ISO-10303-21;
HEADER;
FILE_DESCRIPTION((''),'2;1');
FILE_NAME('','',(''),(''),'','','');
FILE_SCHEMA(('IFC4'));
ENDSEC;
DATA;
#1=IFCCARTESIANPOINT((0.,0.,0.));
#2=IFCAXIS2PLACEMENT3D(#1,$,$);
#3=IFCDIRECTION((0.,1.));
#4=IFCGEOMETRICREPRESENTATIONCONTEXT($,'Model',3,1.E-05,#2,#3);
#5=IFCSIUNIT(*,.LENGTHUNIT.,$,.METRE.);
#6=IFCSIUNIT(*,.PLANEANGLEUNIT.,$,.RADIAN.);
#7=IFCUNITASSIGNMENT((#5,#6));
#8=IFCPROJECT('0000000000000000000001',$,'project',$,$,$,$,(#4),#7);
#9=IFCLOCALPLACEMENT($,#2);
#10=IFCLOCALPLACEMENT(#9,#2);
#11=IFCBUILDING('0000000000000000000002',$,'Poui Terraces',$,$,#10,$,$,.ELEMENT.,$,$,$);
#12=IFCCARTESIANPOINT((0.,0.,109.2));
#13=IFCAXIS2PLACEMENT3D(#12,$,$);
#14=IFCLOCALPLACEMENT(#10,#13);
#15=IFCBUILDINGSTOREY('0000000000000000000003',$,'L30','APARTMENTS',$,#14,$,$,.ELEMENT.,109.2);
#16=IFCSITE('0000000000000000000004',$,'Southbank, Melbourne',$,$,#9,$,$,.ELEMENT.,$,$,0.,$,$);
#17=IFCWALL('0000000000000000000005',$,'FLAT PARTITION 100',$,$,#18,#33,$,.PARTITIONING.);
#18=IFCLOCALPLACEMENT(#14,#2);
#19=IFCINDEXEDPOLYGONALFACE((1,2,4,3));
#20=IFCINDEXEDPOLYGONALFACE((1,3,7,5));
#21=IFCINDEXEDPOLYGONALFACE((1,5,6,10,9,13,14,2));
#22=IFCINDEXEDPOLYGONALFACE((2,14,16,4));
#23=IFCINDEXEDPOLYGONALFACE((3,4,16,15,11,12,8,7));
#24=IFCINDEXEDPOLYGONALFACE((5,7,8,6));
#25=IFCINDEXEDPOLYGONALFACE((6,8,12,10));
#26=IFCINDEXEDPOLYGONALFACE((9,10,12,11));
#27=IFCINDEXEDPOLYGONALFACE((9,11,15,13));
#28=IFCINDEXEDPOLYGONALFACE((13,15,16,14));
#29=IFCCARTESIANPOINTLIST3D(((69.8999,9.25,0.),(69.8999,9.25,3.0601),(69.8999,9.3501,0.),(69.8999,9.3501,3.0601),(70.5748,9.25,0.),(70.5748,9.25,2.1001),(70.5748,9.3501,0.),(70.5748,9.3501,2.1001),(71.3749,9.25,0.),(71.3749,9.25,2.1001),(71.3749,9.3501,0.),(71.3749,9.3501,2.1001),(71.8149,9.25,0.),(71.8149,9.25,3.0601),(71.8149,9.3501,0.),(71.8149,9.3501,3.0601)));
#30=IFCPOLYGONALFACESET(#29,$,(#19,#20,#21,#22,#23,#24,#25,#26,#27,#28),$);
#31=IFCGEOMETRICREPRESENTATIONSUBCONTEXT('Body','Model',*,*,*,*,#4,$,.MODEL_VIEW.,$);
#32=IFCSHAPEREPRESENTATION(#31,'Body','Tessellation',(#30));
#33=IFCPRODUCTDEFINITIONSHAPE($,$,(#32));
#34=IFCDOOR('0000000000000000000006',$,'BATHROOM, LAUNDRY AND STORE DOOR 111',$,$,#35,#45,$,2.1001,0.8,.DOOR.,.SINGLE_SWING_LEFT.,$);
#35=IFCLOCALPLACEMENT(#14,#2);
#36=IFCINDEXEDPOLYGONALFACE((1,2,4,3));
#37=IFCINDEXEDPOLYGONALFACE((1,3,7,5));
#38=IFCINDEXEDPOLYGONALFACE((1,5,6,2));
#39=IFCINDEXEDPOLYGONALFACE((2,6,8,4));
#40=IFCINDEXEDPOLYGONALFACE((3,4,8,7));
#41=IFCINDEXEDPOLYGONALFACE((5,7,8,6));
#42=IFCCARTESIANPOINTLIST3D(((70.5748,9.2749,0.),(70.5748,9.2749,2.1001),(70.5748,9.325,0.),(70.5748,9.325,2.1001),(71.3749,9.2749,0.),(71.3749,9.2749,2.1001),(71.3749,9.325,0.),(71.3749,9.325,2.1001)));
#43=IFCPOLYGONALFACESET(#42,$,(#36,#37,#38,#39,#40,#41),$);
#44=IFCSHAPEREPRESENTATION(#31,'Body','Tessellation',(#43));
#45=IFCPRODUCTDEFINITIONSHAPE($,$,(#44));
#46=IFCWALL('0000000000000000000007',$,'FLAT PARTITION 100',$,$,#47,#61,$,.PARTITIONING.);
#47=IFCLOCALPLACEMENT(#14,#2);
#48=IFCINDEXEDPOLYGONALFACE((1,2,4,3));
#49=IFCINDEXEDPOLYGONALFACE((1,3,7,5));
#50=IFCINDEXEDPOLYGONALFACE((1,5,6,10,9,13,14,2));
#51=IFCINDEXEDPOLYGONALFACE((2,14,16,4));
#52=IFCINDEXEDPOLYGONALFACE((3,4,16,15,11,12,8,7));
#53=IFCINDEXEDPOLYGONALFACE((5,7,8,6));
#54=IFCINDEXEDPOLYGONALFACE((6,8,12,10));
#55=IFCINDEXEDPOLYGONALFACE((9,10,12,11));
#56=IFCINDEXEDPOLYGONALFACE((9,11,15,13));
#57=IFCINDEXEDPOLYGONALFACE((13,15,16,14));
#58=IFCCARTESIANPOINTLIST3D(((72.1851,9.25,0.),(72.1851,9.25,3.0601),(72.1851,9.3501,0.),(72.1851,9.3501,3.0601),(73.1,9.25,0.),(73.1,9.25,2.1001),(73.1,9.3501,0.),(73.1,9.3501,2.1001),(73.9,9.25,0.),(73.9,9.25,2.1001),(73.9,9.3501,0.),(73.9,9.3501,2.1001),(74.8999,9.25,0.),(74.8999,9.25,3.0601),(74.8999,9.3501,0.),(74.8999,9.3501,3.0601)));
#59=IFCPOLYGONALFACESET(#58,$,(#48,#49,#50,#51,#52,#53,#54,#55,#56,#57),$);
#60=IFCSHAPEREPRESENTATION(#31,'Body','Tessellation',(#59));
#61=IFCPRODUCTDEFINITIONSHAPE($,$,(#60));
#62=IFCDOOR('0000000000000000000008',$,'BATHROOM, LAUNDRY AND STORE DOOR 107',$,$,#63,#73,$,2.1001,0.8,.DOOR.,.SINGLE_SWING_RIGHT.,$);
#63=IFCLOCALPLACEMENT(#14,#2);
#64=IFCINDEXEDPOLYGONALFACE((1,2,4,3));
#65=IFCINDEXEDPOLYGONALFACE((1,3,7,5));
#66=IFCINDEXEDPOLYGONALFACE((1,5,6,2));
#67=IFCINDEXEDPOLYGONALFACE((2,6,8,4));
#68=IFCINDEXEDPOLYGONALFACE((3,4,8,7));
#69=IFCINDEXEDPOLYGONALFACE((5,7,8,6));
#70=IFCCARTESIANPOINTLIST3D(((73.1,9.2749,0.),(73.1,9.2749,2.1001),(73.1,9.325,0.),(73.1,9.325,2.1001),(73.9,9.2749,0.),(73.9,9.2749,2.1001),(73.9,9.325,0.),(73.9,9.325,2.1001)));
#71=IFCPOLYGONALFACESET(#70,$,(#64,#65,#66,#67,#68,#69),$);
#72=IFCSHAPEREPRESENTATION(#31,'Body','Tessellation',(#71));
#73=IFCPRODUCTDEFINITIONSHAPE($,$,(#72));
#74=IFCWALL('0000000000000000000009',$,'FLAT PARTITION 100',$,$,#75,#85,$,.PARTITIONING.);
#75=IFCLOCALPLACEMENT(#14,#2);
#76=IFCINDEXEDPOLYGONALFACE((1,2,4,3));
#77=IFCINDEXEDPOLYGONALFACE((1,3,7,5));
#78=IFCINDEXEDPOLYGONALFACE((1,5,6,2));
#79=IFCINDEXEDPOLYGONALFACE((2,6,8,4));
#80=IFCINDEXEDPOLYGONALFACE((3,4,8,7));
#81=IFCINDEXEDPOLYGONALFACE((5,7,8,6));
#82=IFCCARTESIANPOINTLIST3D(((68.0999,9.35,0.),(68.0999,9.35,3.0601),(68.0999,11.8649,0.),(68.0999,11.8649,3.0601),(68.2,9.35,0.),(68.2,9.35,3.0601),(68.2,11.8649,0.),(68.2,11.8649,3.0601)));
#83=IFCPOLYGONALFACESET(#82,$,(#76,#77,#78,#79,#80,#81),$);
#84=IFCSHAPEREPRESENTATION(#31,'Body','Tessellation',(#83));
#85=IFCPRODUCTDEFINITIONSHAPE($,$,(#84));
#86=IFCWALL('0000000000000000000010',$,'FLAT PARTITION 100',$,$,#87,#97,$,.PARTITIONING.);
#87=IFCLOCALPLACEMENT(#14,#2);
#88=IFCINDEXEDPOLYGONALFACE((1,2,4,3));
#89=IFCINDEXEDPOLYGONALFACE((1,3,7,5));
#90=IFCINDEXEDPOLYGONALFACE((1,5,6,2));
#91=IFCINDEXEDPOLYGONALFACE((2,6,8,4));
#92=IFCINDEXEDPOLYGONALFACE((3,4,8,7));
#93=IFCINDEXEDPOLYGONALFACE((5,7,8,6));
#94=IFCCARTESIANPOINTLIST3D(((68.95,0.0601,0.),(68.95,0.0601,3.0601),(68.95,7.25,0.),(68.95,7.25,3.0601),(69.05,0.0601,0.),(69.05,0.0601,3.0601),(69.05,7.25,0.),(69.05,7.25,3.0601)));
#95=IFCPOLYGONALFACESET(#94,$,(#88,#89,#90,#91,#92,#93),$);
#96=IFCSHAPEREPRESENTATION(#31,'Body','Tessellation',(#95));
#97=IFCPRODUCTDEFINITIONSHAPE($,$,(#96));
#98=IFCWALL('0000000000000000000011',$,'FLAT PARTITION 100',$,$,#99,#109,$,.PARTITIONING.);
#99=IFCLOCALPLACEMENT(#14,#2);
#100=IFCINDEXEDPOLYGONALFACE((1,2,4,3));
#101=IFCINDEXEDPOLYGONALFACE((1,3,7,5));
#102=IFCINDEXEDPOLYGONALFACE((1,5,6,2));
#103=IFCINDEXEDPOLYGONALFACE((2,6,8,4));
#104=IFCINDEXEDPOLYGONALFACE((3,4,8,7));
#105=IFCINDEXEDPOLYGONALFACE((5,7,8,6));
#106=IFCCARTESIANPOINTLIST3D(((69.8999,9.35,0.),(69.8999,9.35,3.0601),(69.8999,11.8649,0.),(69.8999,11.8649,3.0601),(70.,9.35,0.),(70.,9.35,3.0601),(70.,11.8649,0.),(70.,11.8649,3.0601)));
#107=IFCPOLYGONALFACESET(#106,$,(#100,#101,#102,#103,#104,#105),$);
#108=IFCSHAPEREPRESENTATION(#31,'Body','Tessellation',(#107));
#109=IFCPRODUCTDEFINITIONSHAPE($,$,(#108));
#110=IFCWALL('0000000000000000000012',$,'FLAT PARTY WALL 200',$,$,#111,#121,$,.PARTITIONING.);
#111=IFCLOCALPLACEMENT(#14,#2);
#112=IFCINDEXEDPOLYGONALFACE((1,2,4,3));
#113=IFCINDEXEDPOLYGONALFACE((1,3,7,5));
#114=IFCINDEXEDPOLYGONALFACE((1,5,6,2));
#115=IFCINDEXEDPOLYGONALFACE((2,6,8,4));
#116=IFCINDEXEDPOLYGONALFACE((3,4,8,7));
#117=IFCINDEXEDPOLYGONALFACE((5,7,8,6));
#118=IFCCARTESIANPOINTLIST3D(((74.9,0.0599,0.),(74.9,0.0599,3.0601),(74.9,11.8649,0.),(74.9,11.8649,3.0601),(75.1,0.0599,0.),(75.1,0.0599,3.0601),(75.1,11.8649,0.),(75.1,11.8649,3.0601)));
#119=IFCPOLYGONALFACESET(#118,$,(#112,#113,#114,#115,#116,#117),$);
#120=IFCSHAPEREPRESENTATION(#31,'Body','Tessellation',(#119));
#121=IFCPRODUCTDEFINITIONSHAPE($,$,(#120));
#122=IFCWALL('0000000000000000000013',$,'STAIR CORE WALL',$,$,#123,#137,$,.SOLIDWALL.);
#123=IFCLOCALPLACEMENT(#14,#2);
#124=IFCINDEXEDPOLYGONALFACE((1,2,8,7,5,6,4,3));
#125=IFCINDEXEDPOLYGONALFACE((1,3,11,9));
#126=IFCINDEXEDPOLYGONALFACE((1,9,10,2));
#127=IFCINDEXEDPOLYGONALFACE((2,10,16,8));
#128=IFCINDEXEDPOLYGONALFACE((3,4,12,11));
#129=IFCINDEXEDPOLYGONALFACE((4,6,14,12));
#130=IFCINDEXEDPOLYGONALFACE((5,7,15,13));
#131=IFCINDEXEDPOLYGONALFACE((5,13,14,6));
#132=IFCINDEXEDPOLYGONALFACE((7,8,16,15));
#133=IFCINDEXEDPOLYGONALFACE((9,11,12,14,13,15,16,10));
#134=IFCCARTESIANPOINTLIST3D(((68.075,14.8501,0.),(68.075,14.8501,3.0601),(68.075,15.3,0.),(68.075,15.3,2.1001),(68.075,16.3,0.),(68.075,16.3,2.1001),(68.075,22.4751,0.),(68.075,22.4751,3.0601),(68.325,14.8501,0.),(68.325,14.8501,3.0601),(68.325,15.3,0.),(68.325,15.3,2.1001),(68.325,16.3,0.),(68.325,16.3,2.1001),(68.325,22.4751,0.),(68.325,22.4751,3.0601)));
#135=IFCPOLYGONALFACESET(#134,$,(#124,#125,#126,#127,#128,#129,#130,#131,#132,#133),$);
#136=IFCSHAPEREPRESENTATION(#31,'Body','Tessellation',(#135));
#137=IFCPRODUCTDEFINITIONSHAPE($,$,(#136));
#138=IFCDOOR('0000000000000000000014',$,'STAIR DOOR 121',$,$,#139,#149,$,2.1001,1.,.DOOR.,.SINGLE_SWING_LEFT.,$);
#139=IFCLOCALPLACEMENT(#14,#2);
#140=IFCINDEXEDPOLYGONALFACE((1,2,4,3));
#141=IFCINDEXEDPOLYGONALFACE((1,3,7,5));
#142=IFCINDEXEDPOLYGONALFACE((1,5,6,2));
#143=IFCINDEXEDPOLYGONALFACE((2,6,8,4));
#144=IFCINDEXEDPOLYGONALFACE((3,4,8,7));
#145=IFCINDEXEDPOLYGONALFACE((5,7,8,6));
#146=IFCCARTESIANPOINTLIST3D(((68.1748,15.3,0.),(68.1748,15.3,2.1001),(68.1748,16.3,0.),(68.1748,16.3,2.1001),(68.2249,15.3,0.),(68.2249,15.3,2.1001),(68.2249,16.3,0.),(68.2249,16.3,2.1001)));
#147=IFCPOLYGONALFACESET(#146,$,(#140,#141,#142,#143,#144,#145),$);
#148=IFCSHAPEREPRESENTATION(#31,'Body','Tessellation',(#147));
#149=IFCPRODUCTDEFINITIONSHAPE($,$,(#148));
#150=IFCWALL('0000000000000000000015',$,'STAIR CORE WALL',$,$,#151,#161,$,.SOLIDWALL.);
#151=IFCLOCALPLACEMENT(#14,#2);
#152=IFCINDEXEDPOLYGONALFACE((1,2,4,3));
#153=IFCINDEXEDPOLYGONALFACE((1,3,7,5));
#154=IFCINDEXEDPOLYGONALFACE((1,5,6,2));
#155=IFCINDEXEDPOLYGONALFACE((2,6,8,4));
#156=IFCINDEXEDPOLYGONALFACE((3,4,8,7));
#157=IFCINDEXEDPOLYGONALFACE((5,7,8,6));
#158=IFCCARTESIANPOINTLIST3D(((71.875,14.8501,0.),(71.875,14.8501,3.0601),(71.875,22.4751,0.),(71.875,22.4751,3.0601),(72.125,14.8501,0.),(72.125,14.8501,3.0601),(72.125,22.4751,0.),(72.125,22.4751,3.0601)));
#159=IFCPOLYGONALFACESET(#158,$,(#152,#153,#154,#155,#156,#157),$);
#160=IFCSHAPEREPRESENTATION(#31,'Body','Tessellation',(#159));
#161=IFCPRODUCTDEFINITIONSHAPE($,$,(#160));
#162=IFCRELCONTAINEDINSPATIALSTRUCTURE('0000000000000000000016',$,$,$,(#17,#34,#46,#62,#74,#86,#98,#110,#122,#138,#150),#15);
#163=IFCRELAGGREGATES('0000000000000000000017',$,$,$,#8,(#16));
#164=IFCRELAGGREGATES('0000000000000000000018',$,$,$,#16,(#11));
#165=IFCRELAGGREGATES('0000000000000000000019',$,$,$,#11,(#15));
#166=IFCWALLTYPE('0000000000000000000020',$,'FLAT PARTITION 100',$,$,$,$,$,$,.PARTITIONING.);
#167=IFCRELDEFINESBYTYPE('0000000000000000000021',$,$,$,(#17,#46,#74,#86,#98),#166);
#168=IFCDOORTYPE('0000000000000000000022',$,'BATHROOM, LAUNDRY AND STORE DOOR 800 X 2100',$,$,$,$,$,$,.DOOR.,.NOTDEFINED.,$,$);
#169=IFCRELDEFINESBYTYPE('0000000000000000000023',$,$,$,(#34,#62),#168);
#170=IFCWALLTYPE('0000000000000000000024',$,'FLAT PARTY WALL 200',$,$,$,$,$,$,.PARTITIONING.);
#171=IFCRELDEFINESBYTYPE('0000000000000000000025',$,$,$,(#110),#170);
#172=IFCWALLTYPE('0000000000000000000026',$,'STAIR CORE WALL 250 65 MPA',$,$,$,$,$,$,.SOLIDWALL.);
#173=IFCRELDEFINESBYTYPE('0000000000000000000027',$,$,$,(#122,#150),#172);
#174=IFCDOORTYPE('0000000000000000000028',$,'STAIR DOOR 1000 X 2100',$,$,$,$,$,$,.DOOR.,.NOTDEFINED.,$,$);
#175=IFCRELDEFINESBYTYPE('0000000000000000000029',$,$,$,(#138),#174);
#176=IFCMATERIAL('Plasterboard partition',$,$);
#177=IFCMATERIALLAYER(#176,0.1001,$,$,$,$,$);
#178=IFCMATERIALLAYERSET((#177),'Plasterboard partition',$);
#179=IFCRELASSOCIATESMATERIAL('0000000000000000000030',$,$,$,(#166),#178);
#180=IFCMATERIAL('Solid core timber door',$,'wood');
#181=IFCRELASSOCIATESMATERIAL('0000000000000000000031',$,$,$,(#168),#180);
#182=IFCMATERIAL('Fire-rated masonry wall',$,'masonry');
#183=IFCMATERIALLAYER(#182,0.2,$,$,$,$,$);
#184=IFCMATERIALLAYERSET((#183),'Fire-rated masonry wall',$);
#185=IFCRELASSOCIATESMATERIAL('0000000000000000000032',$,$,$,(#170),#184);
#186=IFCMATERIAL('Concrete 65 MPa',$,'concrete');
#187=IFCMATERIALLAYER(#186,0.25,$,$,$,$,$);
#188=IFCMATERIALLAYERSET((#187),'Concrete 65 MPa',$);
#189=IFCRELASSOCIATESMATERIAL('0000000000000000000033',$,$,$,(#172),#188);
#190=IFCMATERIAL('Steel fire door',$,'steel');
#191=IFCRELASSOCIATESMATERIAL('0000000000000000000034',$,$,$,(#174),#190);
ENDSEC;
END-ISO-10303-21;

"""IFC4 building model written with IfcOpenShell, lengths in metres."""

from ifc_helpers import new_model, si_unit, direction, frame, frame_2d, origin, place, context, subcontext, project, spatial, rectangle, extrude, material, layer, layer_set, type_object, element, fill, save


model = new_model("IFC4")

# Units and contexts
model_context = context("Model", 3, precision=1e-05, world=origin(), true_north=direction((0.0, 1.0)))
body_context = subcontext(model_context, "Body", "Model", "MODEL_VIEW")
ifc_project = project(units=[si_unit("LENGTHUNIT", "METRE"), si_unit("PLANEANGLEUNIT", "RADIAN")], contexts=[model_context])

# Site, building, storey
site_placement = place(None, origin())
site = spatial("IfcSite", under=ifc_project, at=site_placement, Name="Southbank, Melbourne", CompositionType="ELEMENT", RefElevation=0.0)
building_placement = place(site_placement, origin())
building = spatial("IfcBuilding", under=site, at=building_placement, Name="Poui Terraces", CompositionType="ELEMENT")
storey_placement = place(building_placement, frame((0.0, 0.0, 109.2)))
storey = spatial("IfcBuildingStorey", under=building, at=storey_placement, Name="L30", Description="APARTMENTS", CompositionType="ELEMENT", Elevation=109.2)

# Shared definitions
ifc_material_1 = material(Name="Concrete 65 MPa", Category="concrete")

# Walls, openings, doors
ifc_material_2 = material(Name="Solid core timber door", Category="wood")
ifc_material_3 = material(Name="Plasterboard partition")
ifc_layer_1 = layer(ifc_material_3, 0.1001)
ifc_layer_set_1 = layer_set([ifc_layer_1], Name="Plasterboard partition")
wall_type_1 = type_object("IfcWallType", Name="FLAT PARTITION 100", PredefinedType="PARTITIONING", material=ifc_layer_set_1)
door_type_1 = type_object("IfcDoorType", Name="BATHROOM, LAUNDRY AND STORE DOOR 800 X 2100", OperationType="NOTDEFINED", PredefinedType="DOOR", material=ifc_material_2)
wall_1_placement = place(storey_placement, frame((69.8999, 9.3, 0.0), z_axis=(0.0, 0.0, 1.0), x_axis=(1.0, 0.0, 0.0)))
wall_1 = element("IfcWall", 1, at=wall_1_placement, inside=storey, type_object=wall_type_1, Name="FLAT PARTITION 100", PredefinedType="PARTITIONING", context=body_context, shape_type="SweptSolid", body=[
    extrude(rectangle(XDim=1.915, YDim=0.1001, at=frame_2d((0.9575, 0.0))), origin(), (0.0, 0.0, 1.0), 3.0601),
])
opening_1_placement = place(wall_1_placement, frame((0.675, 0.0, 0.0)))
opening_1 = element("IfcOpeningElement", 2, at=opening_1_placement, cuts=wall_1, PredefinedType="OPENING", context=body_context, shape_type="SweptSolid", body=[
    extrude(rectangle(XDim=0.8, YDim=2.1001, at=frame_2d((0.3999, 1.05))), frame((0.0, 0.0601, 0.0), z_axis=(0.0, -1.0, 0.0), x_axis=(1.0, 0.0, 0.0)), (0.0, 0.0, 1.0), 0.1201),
])
door_1_placement = place(opening_1_placement, origin())
door_1 = element("IfcDoor", 3, at=door_1_placement, inside=storey, type_object=door_type_1, Name="BATHROOM, LAUNDRY AND STORE DOOR 111", OperationType="SINGLE_SWING_LEFT", OverallHeight=2.1001, OverallWidth=0.8, PredefinedType="DOOR", context=body_context, shape_type="SweptSolid", body=[
    extrude(rectangle(XDim=0.8, YDim=2.1001, at=frame_2d((0.3999, 1.05))), frame((0.0, 0.0249, 0.0), z_axis=(0.0, -1.0, 0.0), x_axis=(1.0, 0.0, 0.0)), (0.0, 0.0, 1.0), 0.05),
])
fill(opening_1, door_1)
wall_2_placement = place(storey_placement, frame((72.1851, 9.3, 0.0), z_axis=(0.0, 0.0, 1.0), x_axis=(1.0, 0.0, 0.0)))
wall_2 = element("IfcWall", 4, at=wall_2_placement, inside=storey, type_object=wall_type_1, Name="FLAT PARTITION 100", PredefinedType="PARTITIONING", context=body_context, shape_type="SweptSolid", body=[
    extrude(rectangle(XDim=2.7148, YDim=0.1001, at=frame_2d((1.3574, 0.0))), origin(), (0.0, 0.0, 1.0), 3.0601),
])
opening_2_placement = place(wall_2_placement, frame((0.915, 0.0, 0.0)))
opening_2 = element("IfcOpeningElement", 5, at=opening_2_placement, cuts=wall_2, PredefinedType="OPENING", context=body_context, shape_type="SweptSolid", body=[
    extrude(rectangle(XDim=0.8, YDim=2.1001, at=frame_2d((0.3999, 1.05))), frame((0.0, 0.0601, 0.0), z_axis=(0.0, -1.0, 0.0), x_axis=(1.0, 0.0, 0.0)), (0.0, 0.0, 1.0), 0.1201),
])
door_2_placement = place(opening_2_placement, origin())
door_2 = element("IfcDoor", 6, at=door_2_placement, inside=storey, type_object=door_type_1, Name="BATHROOM, LAUNDRY AND STORE DOOR 107", OperationType="SINGLE_SWING_RIGHT", OverallHeight=2.1001, OverallWidth=0.8, PredefinedType="DOOR", context=body_context, shape_type="SweptSolid", body=[
    extrude(rectangle(XDim=0.8, YDim=2.1001, at=frame_2d((0.3999, 1.05))), frame((0.0, 0.0249, 0.0), z_axis=(0.0, -1.0, 0.0), x_axis=(1.0, 0.0, 0.0)), (0.0, 0.0, 1.0), 0.05),
])
fill(opening_2, door_2)

# Walls
wall_3_placement = place(storey_placement, frame((68.1499, 9.3501, 0.0), z_axis=(0.0, 0.0, 1.0), x_axis=(0.0, 1.0, 0.0)))
element("IfcWall", 7, at=wall_3_placement, inside=storey, type_object=wall_type_1, Name="FLAT PARTITION 100", PredefinedType="PARTITIONING", context=body_context, shape_type="SweptSolid", body=[
    extrude(rectangle(XDim=2.5149, YDim=0.1001, at=frame_2d((1.2573, 0.0))), origin(), (0.0, 0.0, 1.0), 3.0601),
])
wall_4_placement = place(storey_placement, frame((69.0, 0.0601, 0.0), z_axis=(0.0, 0.0, 1.0), x_axis=(0.0, 1.0, 0.0)))
element("IfcWall", 8, at=wall_4_placement, inside=storey, type_object=wall_type_1, Name="FLAT PARTITION 100", PredefinedType="PARTITIONING", context=body_context, shape_type="SweptSolid", body=[
    extrude(rectangle(XDim=7.1899, YDim=0.1001, at=frame_2d((3.595, 0.0))), origin(), (0.0, 0.0, 1.0), 3.0601),
])
wall_5_placement = place(storey_placement, frame((69.95, 9.3501, 0.0), z_axis=(0.0, 0.0, 1.0), x_axis=(0.0, 1.0, 0.0)))
element("IfcWall", 9, at=wall_5_placement, inside=storey, type_object=wall_type_1, Name="FLAT PARTITION 100", PredefinedType="PARTITIONING", context=body_context, shape_type="SweptSolid", body=[
    extrude(rectangle(XDim=2.5149, YDim=0.1001, at=frame_2d((1.2573, 0.0))), origin(), (0.0, 0.0, 1.0), 3.0601),
])
ifc_material_4 = material(Name="Fire-rated masonry wall", Category="masonry")
ifc_layer_2 = layer(ifc_material_4, 0.2)
ifc_layer_set_2 = layer_set([ifc_layer_2], Name="Fire-rated masonry wall")
wall_type_2 = type_object("IfcWallType", Name="FLAT PARTY WALL 200", PredefinedType="PARTITIONING", material=ifc_layer_set_2)
wall_6_placement = place(storey_placement, frame((75.0, 0.0601, 0.0), z_axis=(0.0, 0.0, 1.0), x_axis=(0.0, 1.0, 0.0)))
element("IfcWall", 10, at=wall_6_placement, inside=storey, type_object=wall_type_2, Name="FLAT PARTY WALL 200", PredefinedType="PARTITIONING", context=body_context, shape_type="SweptSolid", body=[
    extrude(rectangle(XDim=11.8049, YDim=0.2, at=frame_2d((5.9023, 0.0))), origin(), (0.0, 0.0, 1.0), 3.0601),
])

# Wall, opening, door
ifc_layer_3 = layer(ifc_material_1, 0.25)
ifc_layer_set_3 = layer_set([ifc_layer_3], Name="Concrete 65 MPa")
wall_type_3 = type_object("IfcWallType", Name="STAIR CORE WALL 250 65 MPA", PredefinedType="SOLIDWALL", material=ifc_layer_set_3)
wall_7_placement = place(storey_placement, frame((68.2, 14.8501, 0.0), z_axis=(0.0, 0.0, 1.0), x_axis=(0.0, 1.0, 0.0)))
wall_7 = element("IfcWall", 11, at=wall_7_placement, inside=storey, type_object=wall_type_3, Name="STAIR CORE WALL", PredefinedType="SOLIDWALL", context=body_context, shape_type="SweptSolid", body=[
    extrude(rectangle(XDim=7.625, YDim=0.25, at=frame_2d((3.8125, 0.0))), origin(), (0.0, 0.0, 1.0), 3.0601),
])
opening_3_placement = place(wall_7_placement, frame((0.45, 0.0, 0.0)))
opening_3 = element("IfcOpeningElement", 12, at=opening_3_placement, cuts=wall_7, PredefinedType="OPENING", context=body_context, shape_type="SweptSolid", body=[
    extrude(rectangle(XDim=1.0, YDim=2.1001, at=frame_2d((0.5, 1.05))), frame((0.0, 0.135, 0.0), z_axis=(0.0, -1.0, 0.0), x_axis=(1.0, 0.0, 0.0)), (0.0, 0.0, 1.0), 0.27),
])
ifc_material_5 = material(Name="Steel fire door", Category="steel")
door_type_2 = type_object("IfcDoorType", Name="STAIR DOOR 1000 X 2100", OperationType="NOTDEFINED", PredefinedType="DOOR", material=ifc_material_5)
door_3_placement = place(opening_3_placement, frame((1.0, 0.0, 0.0), z_axis=(0.0, 0.0, 1.0), x_axis=(-1.0, 0.0, 0.0)))
door_3 = element("IfcDoor", 13, at=door_3_placement, inside=storey, type_object=door_type_2, Name="STAIR DOOR 121", OperationType="SINGLE_SWING_LEFT", OverallHeight=2.1001, OverallWidth=1.0, PredefinedType="DOOR", context=body_context, shape_type="SweptSolid", body=[
    extrude(rectangle(XDim=1.0, YDim=2.1001, at=frame_2d((0.5, 1.05))), frame((0.0, 0.0249, 0.0), z_axis=(0.0, -1.0, 0.0), x_axis=(1.0, 0.0, 0.0)), (0.0, 0.0, 1.0), 0.05),
])
fill(opening_3, door_3)

# Wall
wall_8_placement = place(storey_placement, frame((72.0, 14.8501, 0.0), z_axis=(0.0, 0.0, 1.0), x_axis=(0.0, 1.0, 0.0)))
element("IfcWall", 14, at=wall_8_placement, inside=storey, type_object=wall_type_3, Name="STAIR CORE WALL", PredefinedType="SOLIDWALL", context=body_context, shape_type="SweptSolid", body=[
    extrude(rectangle(XDim=7.625, YDim=0.25, at=frame_2d((3.8125, 0.0))), origin(), (0.0, 0.0, 1.0), 3.0601),
])

save(model, "model.ifc")
